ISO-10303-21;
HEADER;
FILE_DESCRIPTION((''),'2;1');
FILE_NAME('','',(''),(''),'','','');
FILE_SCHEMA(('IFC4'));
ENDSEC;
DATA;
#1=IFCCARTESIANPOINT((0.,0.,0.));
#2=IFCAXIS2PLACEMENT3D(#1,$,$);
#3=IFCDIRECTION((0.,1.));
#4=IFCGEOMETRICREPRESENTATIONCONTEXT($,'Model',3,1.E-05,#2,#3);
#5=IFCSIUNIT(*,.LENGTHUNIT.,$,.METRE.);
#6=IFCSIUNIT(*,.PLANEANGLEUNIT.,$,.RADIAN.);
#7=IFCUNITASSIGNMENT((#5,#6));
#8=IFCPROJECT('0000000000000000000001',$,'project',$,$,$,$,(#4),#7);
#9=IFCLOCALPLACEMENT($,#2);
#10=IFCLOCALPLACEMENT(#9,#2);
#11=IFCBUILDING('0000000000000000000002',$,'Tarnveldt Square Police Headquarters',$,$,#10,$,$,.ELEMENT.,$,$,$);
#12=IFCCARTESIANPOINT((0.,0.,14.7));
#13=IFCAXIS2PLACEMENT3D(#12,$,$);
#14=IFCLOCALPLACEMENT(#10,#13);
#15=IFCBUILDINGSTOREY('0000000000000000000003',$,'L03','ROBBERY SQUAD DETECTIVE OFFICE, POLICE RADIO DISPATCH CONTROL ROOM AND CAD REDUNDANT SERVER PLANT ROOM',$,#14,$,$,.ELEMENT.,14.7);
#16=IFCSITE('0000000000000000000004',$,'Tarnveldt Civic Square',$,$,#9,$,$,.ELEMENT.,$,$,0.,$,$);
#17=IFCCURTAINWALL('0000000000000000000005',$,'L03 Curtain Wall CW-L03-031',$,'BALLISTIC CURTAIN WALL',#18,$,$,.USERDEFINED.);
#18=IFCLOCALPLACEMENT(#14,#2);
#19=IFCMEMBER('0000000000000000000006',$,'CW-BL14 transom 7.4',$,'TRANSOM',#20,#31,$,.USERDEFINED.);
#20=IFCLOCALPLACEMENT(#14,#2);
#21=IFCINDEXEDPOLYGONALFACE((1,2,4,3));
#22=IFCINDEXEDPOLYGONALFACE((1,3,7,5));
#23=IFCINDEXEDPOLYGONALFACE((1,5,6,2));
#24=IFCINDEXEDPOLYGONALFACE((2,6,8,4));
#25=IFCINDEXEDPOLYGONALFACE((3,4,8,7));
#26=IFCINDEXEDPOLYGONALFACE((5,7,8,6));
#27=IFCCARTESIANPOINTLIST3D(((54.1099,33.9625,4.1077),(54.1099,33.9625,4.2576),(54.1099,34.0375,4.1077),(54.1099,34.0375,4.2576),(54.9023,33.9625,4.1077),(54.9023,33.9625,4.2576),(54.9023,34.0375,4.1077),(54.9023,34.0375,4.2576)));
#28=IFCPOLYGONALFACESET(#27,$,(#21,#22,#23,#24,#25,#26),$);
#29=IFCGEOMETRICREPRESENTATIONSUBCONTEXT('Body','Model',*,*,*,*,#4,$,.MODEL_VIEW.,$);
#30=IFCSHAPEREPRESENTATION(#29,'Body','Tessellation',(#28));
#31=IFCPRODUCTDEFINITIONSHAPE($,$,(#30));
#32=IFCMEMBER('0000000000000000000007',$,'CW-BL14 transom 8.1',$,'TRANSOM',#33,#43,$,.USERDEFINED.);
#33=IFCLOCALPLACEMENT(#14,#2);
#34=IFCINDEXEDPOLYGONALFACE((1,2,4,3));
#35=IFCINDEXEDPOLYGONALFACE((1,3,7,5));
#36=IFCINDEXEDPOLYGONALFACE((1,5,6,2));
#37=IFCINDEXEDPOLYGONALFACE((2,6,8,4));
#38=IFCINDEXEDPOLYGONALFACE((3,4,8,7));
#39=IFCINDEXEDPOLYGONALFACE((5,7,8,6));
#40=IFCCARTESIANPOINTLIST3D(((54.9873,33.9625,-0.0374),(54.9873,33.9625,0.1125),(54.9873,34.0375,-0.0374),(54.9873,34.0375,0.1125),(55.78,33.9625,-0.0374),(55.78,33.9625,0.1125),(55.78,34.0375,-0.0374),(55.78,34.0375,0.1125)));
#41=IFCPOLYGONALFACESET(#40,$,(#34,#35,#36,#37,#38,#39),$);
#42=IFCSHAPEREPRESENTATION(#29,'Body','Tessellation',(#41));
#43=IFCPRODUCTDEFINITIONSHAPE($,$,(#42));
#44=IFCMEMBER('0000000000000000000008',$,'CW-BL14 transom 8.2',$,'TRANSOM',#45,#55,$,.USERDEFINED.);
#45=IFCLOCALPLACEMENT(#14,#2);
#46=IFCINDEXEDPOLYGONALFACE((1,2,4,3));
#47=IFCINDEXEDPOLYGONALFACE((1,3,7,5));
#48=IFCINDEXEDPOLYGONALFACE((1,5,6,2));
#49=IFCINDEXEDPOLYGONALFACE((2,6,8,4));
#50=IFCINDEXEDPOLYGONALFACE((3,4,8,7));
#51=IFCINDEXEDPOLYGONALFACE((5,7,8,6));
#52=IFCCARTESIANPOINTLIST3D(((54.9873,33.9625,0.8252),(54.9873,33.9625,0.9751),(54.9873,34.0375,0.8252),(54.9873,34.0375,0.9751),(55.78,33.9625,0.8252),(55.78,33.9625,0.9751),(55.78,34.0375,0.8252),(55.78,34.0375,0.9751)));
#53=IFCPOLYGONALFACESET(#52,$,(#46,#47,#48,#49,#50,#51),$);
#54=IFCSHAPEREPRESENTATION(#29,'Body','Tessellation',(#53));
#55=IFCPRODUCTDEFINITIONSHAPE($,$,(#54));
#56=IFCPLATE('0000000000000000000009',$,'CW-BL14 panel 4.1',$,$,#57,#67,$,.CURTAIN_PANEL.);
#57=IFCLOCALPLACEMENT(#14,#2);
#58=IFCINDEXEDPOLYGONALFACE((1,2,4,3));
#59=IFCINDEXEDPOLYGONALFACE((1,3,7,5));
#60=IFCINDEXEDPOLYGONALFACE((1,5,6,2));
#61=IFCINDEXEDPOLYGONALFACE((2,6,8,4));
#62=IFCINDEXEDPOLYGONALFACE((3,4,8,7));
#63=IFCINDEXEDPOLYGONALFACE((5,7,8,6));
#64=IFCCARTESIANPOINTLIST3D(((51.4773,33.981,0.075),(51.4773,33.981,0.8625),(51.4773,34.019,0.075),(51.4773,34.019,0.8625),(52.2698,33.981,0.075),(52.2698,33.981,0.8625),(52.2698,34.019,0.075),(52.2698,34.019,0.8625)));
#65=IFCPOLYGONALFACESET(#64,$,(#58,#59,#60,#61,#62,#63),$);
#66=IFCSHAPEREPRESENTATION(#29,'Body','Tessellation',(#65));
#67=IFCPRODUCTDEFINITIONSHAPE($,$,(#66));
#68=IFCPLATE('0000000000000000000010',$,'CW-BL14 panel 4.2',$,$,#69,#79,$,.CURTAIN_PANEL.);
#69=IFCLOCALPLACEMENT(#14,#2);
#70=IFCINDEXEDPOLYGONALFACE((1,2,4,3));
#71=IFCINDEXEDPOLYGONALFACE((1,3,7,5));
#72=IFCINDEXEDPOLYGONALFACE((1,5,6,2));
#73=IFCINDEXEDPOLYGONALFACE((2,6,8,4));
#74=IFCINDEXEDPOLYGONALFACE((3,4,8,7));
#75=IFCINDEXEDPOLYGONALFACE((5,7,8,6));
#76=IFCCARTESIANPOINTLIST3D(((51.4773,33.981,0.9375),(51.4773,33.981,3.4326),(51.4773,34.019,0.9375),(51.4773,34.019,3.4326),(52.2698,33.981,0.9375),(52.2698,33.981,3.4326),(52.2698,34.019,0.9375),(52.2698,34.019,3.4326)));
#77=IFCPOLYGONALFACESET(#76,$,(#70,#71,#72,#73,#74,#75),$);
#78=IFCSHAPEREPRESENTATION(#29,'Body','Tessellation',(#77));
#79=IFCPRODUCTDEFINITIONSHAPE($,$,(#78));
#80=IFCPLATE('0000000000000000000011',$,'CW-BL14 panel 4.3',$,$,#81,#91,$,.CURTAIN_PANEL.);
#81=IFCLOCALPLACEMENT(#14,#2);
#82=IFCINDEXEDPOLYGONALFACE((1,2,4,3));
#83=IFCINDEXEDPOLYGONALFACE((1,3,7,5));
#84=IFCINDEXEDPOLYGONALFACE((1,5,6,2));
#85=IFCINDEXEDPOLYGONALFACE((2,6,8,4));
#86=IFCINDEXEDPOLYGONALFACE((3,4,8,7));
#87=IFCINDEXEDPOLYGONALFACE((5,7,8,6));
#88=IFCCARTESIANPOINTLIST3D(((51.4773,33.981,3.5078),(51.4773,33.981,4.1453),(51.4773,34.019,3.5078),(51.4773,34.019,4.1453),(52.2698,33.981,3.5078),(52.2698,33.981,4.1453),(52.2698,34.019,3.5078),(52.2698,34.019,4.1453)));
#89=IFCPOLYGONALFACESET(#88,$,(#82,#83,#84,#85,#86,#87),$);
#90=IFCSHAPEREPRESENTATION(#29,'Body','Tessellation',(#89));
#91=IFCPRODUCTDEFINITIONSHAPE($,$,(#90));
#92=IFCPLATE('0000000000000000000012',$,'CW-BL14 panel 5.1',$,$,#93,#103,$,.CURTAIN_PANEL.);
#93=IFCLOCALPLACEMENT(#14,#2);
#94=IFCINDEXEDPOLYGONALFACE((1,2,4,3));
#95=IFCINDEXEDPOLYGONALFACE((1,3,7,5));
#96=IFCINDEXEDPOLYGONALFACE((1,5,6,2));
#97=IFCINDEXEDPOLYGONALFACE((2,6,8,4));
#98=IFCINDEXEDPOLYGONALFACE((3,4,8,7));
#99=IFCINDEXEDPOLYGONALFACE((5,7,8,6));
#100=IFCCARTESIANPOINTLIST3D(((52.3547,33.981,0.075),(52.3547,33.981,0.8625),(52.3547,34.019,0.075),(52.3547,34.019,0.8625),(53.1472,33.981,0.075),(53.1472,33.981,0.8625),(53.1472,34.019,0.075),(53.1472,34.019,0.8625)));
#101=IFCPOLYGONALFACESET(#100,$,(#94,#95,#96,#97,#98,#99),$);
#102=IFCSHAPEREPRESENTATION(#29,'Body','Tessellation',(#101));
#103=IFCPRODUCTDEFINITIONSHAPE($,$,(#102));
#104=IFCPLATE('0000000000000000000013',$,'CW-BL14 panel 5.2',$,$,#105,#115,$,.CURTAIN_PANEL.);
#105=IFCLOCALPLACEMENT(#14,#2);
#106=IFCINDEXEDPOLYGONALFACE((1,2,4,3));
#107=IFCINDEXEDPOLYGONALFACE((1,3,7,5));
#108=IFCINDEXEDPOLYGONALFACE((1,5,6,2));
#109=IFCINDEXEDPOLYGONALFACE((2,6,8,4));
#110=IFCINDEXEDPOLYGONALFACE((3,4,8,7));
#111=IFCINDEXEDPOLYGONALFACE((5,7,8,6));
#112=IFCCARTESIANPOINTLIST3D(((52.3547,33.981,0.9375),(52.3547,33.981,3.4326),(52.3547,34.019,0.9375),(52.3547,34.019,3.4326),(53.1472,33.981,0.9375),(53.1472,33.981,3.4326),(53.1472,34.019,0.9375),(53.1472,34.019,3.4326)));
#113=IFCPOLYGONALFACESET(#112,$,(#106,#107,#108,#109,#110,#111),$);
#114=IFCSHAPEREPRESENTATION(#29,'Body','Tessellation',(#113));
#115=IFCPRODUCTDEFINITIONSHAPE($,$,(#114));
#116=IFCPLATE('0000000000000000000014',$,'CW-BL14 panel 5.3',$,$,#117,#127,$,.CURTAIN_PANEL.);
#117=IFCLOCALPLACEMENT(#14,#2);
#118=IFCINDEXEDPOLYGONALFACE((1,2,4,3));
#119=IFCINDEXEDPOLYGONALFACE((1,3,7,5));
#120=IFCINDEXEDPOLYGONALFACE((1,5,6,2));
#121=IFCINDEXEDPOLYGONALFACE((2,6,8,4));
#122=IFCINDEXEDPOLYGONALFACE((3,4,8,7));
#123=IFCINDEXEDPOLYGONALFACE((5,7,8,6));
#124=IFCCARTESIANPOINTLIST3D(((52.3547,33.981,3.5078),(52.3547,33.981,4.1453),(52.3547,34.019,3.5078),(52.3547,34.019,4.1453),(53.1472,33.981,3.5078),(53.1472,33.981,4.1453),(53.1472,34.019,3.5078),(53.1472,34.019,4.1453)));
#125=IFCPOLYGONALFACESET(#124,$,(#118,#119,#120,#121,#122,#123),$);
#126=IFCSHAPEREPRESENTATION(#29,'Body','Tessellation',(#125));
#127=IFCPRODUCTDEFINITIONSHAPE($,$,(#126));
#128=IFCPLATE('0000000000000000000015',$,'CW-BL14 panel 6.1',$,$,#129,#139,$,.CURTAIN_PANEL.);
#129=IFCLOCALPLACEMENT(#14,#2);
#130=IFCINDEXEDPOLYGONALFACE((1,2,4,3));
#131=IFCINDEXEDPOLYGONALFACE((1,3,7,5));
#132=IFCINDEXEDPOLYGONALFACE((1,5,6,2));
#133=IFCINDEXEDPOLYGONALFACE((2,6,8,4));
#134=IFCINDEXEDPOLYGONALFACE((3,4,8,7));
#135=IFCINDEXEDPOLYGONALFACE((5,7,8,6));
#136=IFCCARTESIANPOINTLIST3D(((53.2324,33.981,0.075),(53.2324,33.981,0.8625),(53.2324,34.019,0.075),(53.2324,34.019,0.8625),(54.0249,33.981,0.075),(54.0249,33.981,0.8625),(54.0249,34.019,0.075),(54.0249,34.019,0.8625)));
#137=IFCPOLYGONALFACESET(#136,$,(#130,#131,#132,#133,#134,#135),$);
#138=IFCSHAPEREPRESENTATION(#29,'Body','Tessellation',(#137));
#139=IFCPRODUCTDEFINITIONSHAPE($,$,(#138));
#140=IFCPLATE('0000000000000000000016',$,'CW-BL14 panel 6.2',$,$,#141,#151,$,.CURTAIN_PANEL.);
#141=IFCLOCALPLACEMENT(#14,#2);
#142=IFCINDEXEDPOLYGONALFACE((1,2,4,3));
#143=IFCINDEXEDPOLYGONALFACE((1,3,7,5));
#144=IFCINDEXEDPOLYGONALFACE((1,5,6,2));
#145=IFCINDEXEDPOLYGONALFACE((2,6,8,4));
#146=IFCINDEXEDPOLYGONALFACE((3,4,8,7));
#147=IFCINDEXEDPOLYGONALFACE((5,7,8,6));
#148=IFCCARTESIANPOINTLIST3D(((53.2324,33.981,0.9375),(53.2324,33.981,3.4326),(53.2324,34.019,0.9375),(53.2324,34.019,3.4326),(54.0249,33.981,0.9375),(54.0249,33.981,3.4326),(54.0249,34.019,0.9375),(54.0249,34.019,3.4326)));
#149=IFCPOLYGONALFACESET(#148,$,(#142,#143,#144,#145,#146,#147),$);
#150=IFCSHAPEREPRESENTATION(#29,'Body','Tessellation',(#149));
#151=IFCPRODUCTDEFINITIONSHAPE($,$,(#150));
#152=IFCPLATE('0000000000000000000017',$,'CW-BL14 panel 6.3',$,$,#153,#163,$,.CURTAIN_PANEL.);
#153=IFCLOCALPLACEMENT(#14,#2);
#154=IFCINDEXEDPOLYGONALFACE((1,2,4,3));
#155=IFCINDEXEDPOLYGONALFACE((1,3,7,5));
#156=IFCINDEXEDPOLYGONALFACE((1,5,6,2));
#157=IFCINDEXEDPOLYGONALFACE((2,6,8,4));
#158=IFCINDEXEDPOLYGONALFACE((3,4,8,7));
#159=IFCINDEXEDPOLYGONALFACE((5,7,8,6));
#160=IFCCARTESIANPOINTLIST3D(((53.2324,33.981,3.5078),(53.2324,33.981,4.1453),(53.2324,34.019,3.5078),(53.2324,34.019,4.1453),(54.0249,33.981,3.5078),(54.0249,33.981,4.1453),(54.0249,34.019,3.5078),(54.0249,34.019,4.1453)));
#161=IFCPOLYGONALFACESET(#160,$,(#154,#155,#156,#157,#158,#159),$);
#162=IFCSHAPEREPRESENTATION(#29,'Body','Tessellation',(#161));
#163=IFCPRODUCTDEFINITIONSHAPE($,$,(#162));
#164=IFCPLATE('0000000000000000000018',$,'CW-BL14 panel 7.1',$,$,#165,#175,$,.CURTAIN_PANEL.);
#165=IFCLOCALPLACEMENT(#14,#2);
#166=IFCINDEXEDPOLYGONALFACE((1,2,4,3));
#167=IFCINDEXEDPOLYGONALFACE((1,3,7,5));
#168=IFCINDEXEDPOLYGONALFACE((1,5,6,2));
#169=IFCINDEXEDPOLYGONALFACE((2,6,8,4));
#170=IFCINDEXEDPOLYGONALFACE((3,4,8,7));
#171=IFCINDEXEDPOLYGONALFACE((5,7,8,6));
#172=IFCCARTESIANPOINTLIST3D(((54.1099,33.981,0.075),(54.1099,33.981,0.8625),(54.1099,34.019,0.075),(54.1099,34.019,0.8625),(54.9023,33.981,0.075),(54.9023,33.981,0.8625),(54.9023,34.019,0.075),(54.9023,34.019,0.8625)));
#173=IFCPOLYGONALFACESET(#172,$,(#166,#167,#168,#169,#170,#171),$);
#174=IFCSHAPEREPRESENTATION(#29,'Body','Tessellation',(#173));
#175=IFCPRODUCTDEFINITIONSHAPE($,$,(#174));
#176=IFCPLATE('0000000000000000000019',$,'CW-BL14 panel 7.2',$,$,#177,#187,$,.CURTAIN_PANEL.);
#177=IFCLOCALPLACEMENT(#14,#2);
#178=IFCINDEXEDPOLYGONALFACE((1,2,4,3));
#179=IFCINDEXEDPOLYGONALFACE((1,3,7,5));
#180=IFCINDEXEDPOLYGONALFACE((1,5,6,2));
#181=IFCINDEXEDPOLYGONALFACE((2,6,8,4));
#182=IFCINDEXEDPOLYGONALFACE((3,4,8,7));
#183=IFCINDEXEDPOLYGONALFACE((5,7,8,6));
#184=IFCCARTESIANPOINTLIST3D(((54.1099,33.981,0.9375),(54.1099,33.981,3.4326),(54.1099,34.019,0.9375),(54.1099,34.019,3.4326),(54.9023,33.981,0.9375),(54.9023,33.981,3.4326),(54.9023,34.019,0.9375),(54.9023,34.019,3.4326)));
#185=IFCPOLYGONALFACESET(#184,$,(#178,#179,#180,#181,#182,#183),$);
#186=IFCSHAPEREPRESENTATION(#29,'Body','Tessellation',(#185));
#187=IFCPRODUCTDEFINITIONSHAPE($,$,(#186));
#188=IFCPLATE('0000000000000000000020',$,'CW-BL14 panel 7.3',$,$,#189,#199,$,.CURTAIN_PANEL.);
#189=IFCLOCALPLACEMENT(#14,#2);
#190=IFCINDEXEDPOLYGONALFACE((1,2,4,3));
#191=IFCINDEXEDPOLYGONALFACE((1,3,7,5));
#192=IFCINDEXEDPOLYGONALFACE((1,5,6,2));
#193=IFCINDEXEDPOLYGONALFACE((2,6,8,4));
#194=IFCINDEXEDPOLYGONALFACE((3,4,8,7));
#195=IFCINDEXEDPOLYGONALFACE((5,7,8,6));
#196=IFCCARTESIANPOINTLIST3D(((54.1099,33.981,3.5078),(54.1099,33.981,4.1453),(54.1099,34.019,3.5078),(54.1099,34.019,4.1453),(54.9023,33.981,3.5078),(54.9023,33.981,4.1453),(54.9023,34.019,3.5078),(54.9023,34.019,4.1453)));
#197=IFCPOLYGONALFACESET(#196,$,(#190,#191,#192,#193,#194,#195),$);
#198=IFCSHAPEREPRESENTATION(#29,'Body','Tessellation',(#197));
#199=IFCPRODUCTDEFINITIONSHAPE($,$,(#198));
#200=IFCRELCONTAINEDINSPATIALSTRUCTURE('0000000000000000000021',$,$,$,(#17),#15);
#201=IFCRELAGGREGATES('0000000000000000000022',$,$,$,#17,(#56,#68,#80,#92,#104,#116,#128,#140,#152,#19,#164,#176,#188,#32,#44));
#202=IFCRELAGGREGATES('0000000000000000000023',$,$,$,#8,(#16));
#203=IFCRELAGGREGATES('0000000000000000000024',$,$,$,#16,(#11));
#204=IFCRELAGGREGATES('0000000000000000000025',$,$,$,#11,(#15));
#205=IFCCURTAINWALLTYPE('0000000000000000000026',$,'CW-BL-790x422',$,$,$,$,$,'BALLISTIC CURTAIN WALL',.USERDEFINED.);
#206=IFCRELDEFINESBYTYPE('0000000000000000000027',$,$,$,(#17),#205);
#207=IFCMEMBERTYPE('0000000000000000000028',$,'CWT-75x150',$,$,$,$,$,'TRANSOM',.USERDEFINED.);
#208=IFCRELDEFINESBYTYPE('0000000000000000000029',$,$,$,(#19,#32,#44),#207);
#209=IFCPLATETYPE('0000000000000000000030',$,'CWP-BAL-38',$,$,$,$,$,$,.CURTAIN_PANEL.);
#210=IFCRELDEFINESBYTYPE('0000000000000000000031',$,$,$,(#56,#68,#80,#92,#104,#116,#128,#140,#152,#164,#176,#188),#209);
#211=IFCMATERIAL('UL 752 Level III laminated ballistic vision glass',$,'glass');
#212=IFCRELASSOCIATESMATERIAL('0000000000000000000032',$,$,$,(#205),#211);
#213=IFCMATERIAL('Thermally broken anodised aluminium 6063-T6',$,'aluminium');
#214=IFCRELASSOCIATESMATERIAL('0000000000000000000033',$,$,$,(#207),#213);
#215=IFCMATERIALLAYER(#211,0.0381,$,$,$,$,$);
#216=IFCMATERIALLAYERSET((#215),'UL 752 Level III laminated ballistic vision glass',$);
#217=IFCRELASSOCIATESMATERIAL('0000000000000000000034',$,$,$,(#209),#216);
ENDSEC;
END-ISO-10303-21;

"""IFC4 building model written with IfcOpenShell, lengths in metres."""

from ifc_helpers import new_model, si_unit, direction, frame, origin, origin_2d, place, context, subcontext, project, spatial, rectangle, extrude, material, layer, layer_set, material_profile, profile_set, type_object, element, aggregate, save


model = new_model("IFC4")

# Units and contexts
model_context = context("Model", 3, precision=1e-05, world=origin(), true_north=direction((0.0, 1.0)))
body_context = subcontext(model_context, "Body", "Model", "MODEL_VIEW")
ifc_project = project(units=[si_unit("LENGTHUNIT", "METRE"), si_unit("PLANEANGLEUNIT", "RADIAN")], contexts=[model_context])

# Site, building, storey
site_placement = place(None, origin())
site = spatial("IfcSite", under=ifc_project, at=site_placement, Name="Tarnveldt Civic Square", CompositionType="ELEMENT", RefElevation=0.0)
building_placement = place(site_placement, origin())
building = spatial("IfcBuilding", under=site, at=building_placement, Name="Tarnveldt Square Police Headquarters", CompositionType="ELEMENT")
storey_placement = place(building_placement, frame((0.0, 0.0, 14.7)))
storey = spatial("IfcBuildingStorey", under=building, at=storey_placement, Name="L03", Description="ROBBERY SQUAD DETECTIVE OFFICE, POLICE RADIO DISPATCH CONTROL ROOM AND CAD REDUNDANT SERVER PLANT ROOM", CompositionType="ELEMENT", Elevation=14.7)

# Curtain wall, members, plates
ifc_material_1 = material(Name="UL 752 Level III laminated ballistic vision glass", Category="glass")
curtain_wall_type = type_object("IfcCurtainWallType", Name="CW-BL-790x422", ElementType="BALLISTIC CURTAIN WALL", PredefinedType="USERDEFINED", material=ifc_material_1)
curtain_wall_placement = place(storey_placement, origin())
curtain_wall = element("IfcCurtainWall", 1, at=curtain_wall_placement, inside=storey, type_object=curtain_wall_type, Name="L03 Curtain Wall CW-L03-031", ObjectType="BALLISTIC CURTAIN WALL", PredefinedType="USERDEFINED")
ifc_material_2 = material(Name="Thermally broken anodised aluminium 6063-T6", Category="aluminium")
ifc_material_profile_1 = material_profile(ifc_material_2, rectangle(XDim=0.075, YDim=0.1499, at=origin_2d()), Name="CW-T75x150")
ifc_profile_set_1 = profile_set([ifc_material_profile_1], Name="Thermally broken anodised aluminium 6063-T6")
member_type_1 = type_object("IfcMemberType", Name="CWT-75x150", ElementType="TRANSOM", PredefinedType="USERDEFINED", material=ifc_profile_set_1)
member_1_placement = place(storey_placement, frame((54.1099, 34.0, 4.1826), z_axis=(1.0, 0.0, 0.0), x_axis=(0.0, 1.0, 0.0)))
member_1 = element("IfcMember", 2, at=member_1_placement, type_object=member_type_1, Name="CW-BL14 transom 7.4", ObjectType="TRANSOM", PredefinedType="USERDEFINED", context=body_context, shape_type="SweptSolid", body=[
    extrude(rectangle(XDim=0.075, YDim=0.1499, at=origin_2d()), origin(), (0.0, 0.0, 1.0), 0.7925),
])
member_2_placement = place(storey_placement, frame((54.9873, 34.0, 0.0376), z_axis=(1.0, 0.0, 0.0), x_axis=(0.0, 1.0, 0.0)))
member_2 = element("IfcMember", 3, at=member_2_placement, type_object=member_type_1, Name="CW-BL14 transom 8.1", ObjectType="TRANSOM", PredefinedType="USERDEFINED", context=body_context, shape_type="SweptSolid", body=[
    extrude(rectangle(XDim=0.075, YDim=0.1499, at=origin_2d()), origin(), (0.0, 0.0, 1.0), 0.7927),
])
member_3_placement = place(storey_placement, frame((54.9873, 34.0, 0.9001), z_axis=(1.0, 0.0, 0.0), x_axis=(0.0, 1.0, 0.0)))
member_3 = element("IfcMember", 4, at=member_3_placement, type_object=member_type_1, Name="CW-BL14 transom 8.2", ObjectType="TRANSOM", PredefinedType="USERDEFINED", context=body_context, shape_type="SweptSolid", body=[
    extrude(rectangle(XDim=0.075, YDim=0.1499, at=origin_2d()), origin(), (0.0, 0.0, 1.0), 0.7927),
])
ifc_layer = layer(ifc_material_1, 0.0381)
ifc_layer_set = layer_set([ifc_layer], Name="UL 752 Level III laminated ballistic vision glass")
plate_type = type_object("IfcPlateType", Name="CWP-BAL-38", PredefinedType="CURTAIN_PANEL", material=ifc_layer_set)
plate_1_placement = place(storey_placement, frame((51.8735, 34.0, 0.075), z_axis=(0.0, 0.0, 1.0), x_axis=(1.0, 0.0, 0.0)))
plate_1 = element("IfcPlate", 5, at=plate_1_placement, type_object=plate_type, Name="CW-BL14 panel 4.1", PredefinedType="CURTAIN_PANEL", context=body_context, shape_type="SweptSolid", body=[
    extrude(rectangle(XDim=0.7925, YDim=0.0381, at=origin_2d()), origin(), (0.0, 0.0, 1.0), 0.7876),
])
plate_2_placement = place(storey_placement, frame((51.8735, 34.0, 0.9375), z_axis=(0.0, 0.0, 1.0), x_axis=(1.0, 0.0, 0.0)))
plate_2 = element("IfcPlate", 6, at=plate_2_placement, type_object=plate_type, Name="CW-BL14 panel 4.2", PredefinedType="CURTAIN_PANEL", context=body_context, shape_type="SweptSolid", body=[
    extrude(rectangle(XDim=0.7925, YDim=0.0381, at=origin_2d()), origin(), (0.0, 0.0, 1.0), 2.4951),
])
plate_3_placement = place(storey_placement, frame((51.8735, 34.0, 3.5078), z_axis=(0.0, 0.0, 1.0), x_axis=(1.0, 0.0, 0.0)))
plate_3 = element("IfcPlate", 7, at=plate_3_placement, type_object=plate_type, Name="CW-BL14 panel 4.3", PredefinedType="CURTAIN_PANEL", context=body_context, shape_type="SweptSolid", body=[
    extrude(rectangle(XDim=0.7925, YDim=0.0381, at=origin_2d()), origin(), (0.0, 0.0, 1.0), 0.6375),
])
plate_4_placement = place(storey_placement, frame((52.751, 34.0, 0.075), z_axis=(0.0, 0.0, 1.0), x_axis=(1.0, 0.0, 0.0)))
plate_4 = element("IfcPlate", 8, at=plate_4_placement, type_object=plate_type, Name="CW-BL14 panel 5.1", PredefinedType="CURTAIN_PANEL", context=body_context, shape_type="SweptSolid", body=[
    extrude(rectangle(XDim=0.7925, YDim=0.0381, at=origin_2d()), origin(), (0.0, 0.0, 1.0), 0.7876),
])
plate_5_placement = place(storey_placement, frame((52.751, 34.0, 0.9375), z_axis=(0.0, 0.0, 1.0), x_axis=(1.0, 0.0, 0.0)))
plate_5 = element("IfcPlate", 9, at=plate_5_placement, type_object=plate_type, Name="CW-BL14 panel 5.2", PredefinedType="CURTAIN_PANEL", context=body_context, shape_type="SweptSolid", body=[
    extrude(rectangle(XDim=0.7925, YDim=0.0381, at=origin_2d()), origin(), (0.0, 0.0, 1.0), 2.4951),
])
plate_6_placement = place(storey_placement, frame((52.751, 34.0, 3.5078), z_axis=(0.0, 0.0, 1.0), x_axis=(1.0, 0.0, 0.0)))
plate_6 = element("IfcPlate", 10, at=plate_6_placement, type_object=plate_type, Name="CW-BL14 panel 5.3", PredefinedType="CURTAIN_PANEL", context=body_context, shape_type="SweptSolid", body=[
    extrude(rectangle(XDim=0.7925, YDim=0.0381, at=origin_2d()), origin(), (0.0, 0.0, 1.0), 0.6375),
])
plate_7_placement = place(storey_placement, frame((53.6287, 34.0, 0.075), z_axis=(0.0, 0.0, 1.0), x_axis=(1.0, 0.0, 0.0)))
plate_7 = element("IfcPlate", 11, at=plate_7_placement, type_object=plate_type, Name="CW-BL14 panel 6.1", PredefinedType="CURTAIN_PANEL", context=body_context, shape_type="SweptSolid", body=[
    extrude(rectangle(XDim=0.7925, YDim=0.0381, at=origin_2d()), origin(), (0.0, 0.0, 1.0), 0.7876),
])
plate_8_placement = place(storey_placement, frame((53.6287, 34.0, 0.9375), z_axis=(0.0, 0.0, 1.0), x_axis=(1.0, 0.0, 0.0)))
plate_8 = element("IfcPlate", 12, at=plate_8_placement, type_object=plate_type, Name="CW-BL14 panel 6.2", PredefinedType="CURTAIN_PANEL", context=body_context, shape_type="SweptSolid", body=[
    extrude(rectangle(XDim=0.7925, YDim=0.0381, at=origin_2d()), origin(), (0.0, 0.0, 1.0), 2.4951),
])
plate_9_placement = place(storey_placement, frame((53.6287, 34.0, 3.5078), z_axis=(0.0, 0.0, 1.0), x_axis=(1.0, 0.0, 0.0)))
plate_9 = element("IfcPlate", 13, at=plate_9_placement, type_object=plate_type, Name="CW-BL14 panel 6.3", PredefinedType="CURTAIN_PANEL", context=body_context, shape_type="SweptSolid", body=[
    extrude(rectangle(XDim=0.7925, YDim=0.0381, at=origin_2d()), origin(), (0.0, 0.0, 1.0), 0.6375),
])
plate_10_placement = place(storey_placement, frame((54.5061, 34.0, 0.075), z_axis=(0.0, 0.0, 1.0), x_axis=(1.0, 0.0, 0.0)))
plate_10 = element("IfcPlate", 14, at=plate_10_placement, type_object=plate_type, Name="CW-BL14 panel 7.1", PredefinedType="CURTAIN_PANEL", context=body_context, shape_type="SweptSolid", body=[
    extrude(rectangle(XDim=0.7925, YDim=0.0381, at=origin_2d()), origin(), (0.0, 0.0, 1.0), 0.7876),
])
plate_11_placement = place(storey_placement, frame((54.5061, 34.0, 0.9375), z_axis=(0.0, 0.0, 1.0), x_axis=(1.0, 0.0, 0.0)))
plate_11 = element("IfcPlate", 15, at=plate_11_placement, type_object=plate_type, Name="CW-BL14 panel 7.2", PredefinedType="CURTAIN_PANEL", context=body_context, shape_type="SweptSolid", body=[
    extrude(rectangle(XDim=0.7925, YDim=0.0381, at=origin_2d()), origin(), (0.0, 0.0, 1.0), 2.4951),
])
plate_12_placement = place(storey_placement, frame((54.5061, 34.0, 3.5078), z_axis=(0.0, 0.0, 1.0), x_axis=(1.0, 0.0, 0.0)))
plate_12 = element("IfcPlate", 16, at=plate_12_placement, type_object=plate_type, Name="CW-BL14 panel 7.3", PredefinedType="CURTAIN_PANEL", context=body_context, shape_type="SweptSolid", body=[
    extrude(rectangle(XDim=0.7925, YDim=0.0381, at=origin_2d()), origin(), (0.0, 0.0, 1.0), 0.6375),
])
aggregate(curtain_wall, [plate_1, plate_2, plate_3, plate_4, plate_5, plate_6, plate_7, plate_8, plate_9, member_1, plate_10, plate_11, plate_12, member_2, member_3])

save(model, "model.ifc")
